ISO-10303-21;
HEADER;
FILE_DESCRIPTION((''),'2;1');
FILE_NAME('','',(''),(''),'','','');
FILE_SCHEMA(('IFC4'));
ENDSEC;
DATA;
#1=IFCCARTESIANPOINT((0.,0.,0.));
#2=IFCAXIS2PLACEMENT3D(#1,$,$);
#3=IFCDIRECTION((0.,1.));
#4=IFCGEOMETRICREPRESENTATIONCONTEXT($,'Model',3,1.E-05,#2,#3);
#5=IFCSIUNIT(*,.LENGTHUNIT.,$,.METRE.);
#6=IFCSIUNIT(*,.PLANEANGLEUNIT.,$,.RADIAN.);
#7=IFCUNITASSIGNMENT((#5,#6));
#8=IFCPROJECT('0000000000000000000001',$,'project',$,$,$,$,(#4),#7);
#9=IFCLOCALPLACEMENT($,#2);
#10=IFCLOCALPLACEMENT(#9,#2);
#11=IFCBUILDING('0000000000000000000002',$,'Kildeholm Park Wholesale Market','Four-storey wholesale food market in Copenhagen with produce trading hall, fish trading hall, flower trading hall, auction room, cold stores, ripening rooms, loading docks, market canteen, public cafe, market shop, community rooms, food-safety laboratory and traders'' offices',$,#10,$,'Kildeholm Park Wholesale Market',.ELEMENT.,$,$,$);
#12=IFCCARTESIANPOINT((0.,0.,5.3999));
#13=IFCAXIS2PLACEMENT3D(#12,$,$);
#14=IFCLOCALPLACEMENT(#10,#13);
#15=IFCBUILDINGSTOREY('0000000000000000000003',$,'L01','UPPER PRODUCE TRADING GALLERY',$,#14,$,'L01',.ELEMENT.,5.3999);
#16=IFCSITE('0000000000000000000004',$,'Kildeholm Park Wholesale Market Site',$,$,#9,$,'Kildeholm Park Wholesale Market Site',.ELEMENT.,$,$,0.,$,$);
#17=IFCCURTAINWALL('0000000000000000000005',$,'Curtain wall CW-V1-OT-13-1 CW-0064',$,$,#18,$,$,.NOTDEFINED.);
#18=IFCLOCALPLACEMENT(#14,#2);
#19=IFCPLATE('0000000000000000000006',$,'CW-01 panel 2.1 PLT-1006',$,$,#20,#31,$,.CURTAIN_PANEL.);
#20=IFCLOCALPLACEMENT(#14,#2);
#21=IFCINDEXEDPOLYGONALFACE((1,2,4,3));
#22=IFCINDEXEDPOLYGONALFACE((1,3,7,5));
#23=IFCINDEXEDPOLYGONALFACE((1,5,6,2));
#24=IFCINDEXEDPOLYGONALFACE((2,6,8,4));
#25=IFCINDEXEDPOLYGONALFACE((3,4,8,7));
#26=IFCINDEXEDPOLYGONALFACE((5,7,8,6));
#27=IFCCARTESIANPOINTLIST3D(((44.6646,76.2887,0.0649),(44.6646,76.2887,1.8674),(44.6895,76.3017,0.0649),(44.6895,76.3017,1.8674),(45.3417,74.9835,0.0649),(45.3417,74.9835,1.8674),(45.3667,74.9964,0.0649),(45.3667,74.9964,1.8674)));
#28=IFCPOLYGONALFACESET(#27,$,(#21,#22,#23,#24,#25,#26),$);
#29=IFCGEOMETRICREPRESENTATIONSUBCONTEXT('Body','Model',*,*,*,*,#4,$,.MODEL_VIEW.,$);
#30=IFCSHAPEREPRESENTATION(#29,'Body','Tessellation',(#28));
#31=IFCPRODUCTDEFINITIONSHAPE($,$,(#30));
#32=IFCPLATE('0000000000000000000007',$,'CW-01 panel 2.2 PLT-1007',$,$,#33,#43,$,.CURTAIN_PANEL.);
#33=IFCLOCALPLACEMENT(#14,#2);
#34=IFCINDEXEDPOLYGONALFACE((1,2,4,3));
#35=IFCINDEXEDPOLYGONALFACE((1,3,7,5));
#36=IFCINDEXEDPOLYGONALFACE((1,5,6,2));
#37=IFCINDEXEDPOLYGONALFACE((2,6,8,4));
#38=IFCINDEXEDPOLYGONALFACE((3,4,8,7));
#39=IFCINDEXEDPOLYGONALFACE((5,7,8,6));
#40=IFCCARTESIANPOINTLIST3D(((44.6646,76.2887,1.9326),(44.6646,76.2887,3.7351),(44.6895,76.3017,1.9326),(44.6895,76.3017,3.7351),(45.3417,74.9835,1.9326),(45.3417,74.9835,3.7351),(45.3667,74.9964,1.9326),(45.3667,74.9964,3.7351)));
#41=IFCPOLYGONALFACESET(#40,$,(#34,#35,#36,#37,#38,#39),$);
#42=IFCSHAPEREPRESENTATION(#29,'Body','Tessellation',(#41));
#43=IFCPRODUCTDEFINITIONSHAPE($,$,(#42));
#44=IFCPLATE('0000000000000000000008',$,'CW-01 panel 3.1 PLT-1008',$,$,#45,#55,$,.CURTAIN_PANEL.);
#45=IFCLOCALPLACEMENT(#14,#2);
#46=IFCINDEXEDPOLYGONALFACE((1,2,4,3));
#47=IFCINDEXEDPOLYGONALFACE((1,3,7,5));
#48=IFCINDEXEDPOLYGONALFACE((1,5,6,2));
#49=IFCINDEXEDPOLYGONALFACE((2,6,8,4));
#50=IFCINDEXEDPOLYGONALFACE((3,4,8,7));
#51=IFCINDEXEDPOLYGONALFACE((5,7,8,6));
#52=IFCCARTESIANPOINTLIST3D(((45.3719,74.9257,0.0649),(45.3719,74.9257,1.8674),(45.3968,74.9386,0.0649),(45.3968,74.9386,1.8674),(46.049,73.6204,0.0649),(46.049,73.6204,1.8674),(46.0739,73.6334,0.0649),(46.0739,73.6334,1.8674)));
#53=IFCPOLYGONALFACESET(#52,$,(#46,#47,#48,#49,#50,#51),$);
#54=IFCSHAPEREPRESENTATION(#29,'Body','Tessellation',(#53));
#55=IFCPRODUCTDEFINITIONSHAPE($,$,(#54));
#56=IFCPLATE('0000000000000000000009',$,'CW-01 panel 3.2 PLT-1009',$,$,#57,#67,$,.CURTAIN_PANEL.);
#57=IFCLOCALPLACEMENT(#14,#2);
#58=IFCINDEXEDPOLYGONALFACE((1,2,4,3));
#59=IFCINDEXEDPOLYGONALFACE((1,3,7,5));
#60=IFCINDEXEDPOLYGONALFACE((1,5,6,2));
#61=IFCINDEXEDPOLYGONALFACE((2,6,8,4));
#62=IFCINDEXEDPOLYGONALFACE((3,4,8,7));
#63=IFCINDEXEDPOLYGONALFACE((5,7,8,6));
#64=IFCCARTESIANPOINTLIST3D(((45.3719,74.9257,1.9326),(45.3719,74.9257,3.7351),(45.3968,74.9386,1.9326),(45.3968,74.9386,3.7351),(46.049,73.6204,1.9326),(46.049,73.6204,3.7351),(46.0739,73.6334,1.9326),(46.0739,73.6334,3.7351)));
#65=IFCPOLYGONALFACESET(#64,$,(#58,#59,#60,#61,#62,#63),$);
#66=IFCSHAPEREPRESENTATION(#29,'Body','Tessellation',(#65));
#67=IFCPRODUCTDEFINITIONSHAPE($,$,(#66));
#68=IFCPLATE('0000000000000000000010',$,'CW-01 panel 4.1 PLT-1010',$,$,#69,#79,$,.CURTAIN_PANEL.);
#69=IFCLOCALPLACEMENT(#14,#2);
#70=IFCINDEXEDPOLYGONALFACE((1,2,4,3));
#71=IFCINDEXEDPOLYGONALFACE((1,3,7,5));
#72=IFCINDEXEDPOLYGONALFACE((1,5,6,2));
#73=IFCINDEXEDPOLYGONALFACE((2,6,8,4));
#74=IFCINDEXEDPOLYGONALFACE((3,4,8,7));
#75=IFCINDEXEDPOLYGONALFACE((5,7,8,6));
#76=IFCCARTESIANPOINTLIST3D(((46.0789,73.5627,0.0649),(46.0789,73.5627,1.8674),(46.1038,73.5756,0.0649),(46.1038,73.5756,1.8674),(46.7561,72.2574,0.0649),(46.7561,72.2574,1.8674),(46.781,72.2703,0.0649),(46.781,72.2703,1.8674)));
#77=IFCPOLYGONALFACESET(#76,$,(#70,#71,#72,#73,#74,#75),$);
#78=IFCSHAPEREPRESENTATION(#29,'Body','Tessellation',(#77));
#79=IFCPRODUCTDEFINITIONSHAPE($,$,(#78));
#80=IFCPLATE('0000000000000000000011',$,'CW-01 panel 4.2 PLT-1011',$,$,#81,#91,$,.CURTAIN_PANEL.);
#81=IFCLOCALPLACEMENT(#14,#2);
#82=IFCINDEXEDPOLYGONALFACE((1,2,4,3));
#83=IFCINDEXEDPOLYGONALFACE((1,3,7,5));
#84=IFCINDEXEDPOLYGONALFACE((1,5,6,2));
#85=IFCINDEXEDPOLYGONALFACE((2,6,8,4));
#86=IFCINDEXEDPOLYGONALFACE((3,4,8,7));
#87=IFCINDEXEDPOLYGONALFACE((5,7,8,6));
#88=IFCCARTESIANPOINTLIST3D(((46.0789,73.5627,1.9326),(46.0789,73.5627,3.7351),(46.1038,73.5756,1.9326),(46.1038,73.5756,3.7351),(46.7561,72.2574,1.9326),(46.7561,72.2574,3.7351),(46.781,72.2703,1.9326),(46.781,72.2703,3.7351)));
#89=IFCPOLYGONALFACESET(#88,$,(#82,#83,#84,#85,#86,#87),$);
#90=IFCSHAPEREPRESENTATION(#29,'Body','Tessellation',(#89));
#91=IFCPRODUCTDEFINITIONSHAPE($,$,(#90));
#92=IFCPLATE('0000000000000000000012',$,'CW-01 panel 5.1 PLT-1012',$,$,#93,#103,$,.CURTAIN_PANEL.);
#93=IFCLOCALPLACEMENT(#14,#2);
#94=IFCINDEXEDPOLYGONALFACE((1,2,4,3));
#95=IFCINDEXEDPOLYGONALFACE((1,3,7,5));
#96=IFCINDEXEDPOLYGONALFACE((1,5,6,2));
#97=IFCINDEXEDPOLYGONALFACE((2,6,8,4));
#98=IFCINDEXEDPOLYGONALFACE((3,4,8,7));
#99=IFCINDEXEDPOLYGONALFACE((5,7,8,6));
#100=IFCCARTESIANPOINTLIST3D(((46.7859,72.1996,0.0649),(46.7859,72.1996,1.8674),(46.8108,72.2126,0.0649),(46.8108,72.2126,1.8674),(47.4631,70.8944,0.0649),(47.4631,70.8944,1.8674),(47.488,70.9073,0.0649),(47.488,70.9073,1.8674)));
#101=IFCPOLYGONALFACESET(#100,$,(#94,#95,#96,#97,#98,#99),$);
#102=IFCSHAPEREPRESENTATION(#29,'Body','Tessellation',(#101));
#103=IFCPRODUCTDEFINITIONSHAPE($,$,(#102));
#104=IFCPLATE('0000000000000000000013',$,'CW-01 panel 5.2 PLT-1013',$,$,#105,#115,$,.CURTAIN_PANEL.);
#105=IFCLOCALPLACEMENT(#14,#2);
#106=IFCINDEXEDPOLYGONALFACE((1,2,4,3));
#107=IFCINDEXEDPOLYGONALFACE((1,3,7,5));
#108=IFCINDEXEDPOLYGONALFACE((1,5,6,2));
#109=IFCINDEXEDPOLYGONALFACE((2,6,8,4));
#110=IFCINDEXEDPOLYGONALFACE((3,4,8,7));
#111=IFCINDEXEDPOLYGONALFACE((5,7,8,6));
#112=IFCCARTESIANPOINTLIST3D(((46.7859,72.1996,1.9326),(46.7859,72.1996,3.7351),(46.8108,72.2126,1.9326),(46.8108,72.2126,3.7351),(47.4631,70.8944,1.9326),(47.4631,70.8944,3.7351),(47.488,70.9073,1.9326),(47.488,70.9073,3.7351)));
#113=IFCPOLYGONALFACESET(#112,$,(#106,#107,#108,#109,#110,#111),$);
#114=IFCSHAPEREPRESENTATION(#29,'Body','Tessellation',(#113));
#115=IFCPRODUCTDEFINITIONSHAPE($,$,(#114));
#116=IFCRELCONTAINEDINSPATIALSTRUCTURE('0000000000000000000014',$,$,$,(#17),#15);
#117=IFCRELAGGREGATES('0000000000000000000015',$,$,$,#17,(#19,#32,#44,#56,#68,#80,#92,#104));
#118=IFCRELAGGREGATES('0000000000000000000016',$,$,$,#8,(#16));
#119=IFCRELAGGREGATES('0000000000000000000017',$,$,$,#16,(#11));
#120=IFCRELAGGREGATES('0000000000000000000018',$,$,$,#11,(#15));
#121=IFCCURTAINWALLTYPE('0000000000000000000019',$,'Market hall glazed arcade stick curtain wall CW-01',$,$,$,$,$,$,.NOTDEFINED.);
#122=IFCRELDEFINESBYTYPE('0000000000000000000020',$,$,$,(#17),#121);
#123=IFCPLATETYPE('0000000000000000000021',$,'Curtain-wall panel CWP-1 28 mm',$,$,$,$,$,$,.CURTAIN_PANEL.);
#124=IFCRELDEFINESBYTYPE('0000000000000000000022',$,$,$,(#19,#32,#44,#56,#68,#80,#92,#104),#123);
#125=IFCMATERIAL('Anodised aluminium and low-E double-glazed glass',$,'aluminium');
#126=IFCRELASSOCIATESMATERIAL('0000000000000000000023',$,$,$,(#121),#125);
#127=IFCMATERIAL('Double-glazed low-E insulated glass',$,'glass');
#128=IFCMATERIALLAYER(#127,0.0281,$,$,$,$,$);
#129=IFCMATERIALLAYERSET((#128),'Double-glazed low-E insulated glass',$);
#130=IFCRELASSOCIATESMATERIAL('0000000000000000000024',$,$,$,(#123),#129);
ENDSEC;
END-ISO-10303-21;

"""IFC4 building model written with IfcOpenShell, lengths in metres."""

from ifc_helpers import new_model, si_unit, direction, frame, origin, origin_2d, place, context, subcontext, project, spatial, rectangle, extrude, material, layer, layer_set, type_object, element, aggregate, save


model = new_model("IFC4")

# Units and contexts
model_context = context("Model", 3, precision=1e-05, world=origin(), true_north=direction((0.0, 1.0)))
body_context = subcontext(model_context, "Body", "Model", "MODEL_VIEW")
ifc_project = project(units=[si_unit("LENGTHUNIT", "METRE"), si_unit("PLANEANGLEUNIT", "RADIAN")], contexts=[model_context])

# Site, building, storey
site_placement = place(None, origin())
site = spatial("IfcSite", under=ifc_project, at=site_placement, Name="Kildeholm Park Wholesale Market Site", LongName="Kildeholm Park Wholesale Market Site", CompositionType="ELEMENT", RefElevation=0.0)
building_placement = place(site_placement, origin())
building = spatial("IfcBuilding", under=site, at=building_placement, Name="Kildeholm Park Wholesale Market", Description="Four-storey wholesale food market in Copenhagen with produce trading hall, fish trading hall, flower trading hall, auction room, cold stores, ripening rooms, loading docks, market canteen, public cafe, market shop, community rooms, food-safety laboratory and traders' offices", LongName="Kildeholm Park Wholesale Market", CompositionType="ELEMENT")
storey_placement = place(building_placement, frame((0.0, 0.0, 5.3999)))
storey = spatial("IfcBuildingStorey", under=building, at=storey_placement, Name="L01", Description="UPPER PRODUCE TRADING GALLERY", LongName="L01", CompositionType="ELEMENT", Elevation=5.3999)

# Curtain wall
ifc_material_1 = material(Name="Anodised aluminium and low-E double-glazed glass", Category="aluminium")
curtain_wall_type = type_object("IfcCurtainWallType", Name="Market hall glazed arcade stick curtain wall CW-01", PredefinedType="NOTDEFINED", material=ifc_material_1)
curtain_wall_1_placement = place(storey_placement, origin())
curtain_wall_1 = element("IfcCurtainWall", 1, at=curtain_wall_1_placement, inside=storey, type_object=curtain_wall_type, Name="Curtain wall CW-V1-OT-13-1 CW-0064", PredefinedType="NOTDEFINED")

# Plates
ifc_material_2 = material(Name="Double-glazed low-E insulated glass", Category="glass")
ifc_layer = layer(ifc_material_2, 0.0281)
ifc_layer_set = layer_set([ifc_layer], Name="Double-glazed low-E insulated glass")
plate_type = type_object("IfcPlateType", Name="Curtain-wall panel CWP-1 28 mm", PredefinedType="CURTAIN_PANEL", material=ifc_layer_set)
plate_1_placement = place(storey_placement, frame((45.0156, 75.6426, 0.0649), z_axis=(0.0, 0.0, 1.0), x_axis=(0.460514, -0.887652, 0.0)))
plate_1 = element("IfcPlate", 2, at=plate_1_placement, type_object=plate_type, Name="CW-01 panel 2.1 PLT-1006", PredefinedType="CURTAIN_PANEL", context=body_context, shape_type="SweptSolid", body=[
    extrude(rectangle(XDim=1.4705, YDim=0.0281, at=origin_2d()), origin(), (0.0, 0.0, 1.0), 1.8025),
])
plate_2_placement = place(storey_placement, frame((45.0156, 75.6426, 1.9326), z_axis=(0.0, 0.0, 1.0), x_axis=(0.460514, -0.887652, 0.0)))
plate_2 = element("IfcPlate", 3, at=plate_2_placement, type_object=plate_type, Name="CW-01 panel 2.2 PLT-1007", PredefinedType="CURTAIN_PANEL", context=body_context, shape_type="SweptSolid", body=[
    extrude(rectangle(XDim=1.4705, YDim=0.0281, at=origin_2d()), origin(), (0.0, 0.0, 1.0), 1.8025),
])
plate_3_placement = place(storey_placement, frame((45.7229, 74.2795, 0.0649), z_axis=(0.0, 0.0, 1.0), x_axis=(0.460514, -0.887652, 0.0)))
plate_3 = element("IfcPlate", 4, at=plate_3_placement, type_object=plate_type, Name="CW-01 panel 3.1 PLT-1008", PredefinedType="CURTAIN_PANEL", context=body_context, shape_type="SweptSolid", body=[
    extrude(rectangle(XDim=1.4705, YDim=0.0281, at=origin_2d()), origin(), (0.0, 0.0, 1.0), 1.8025),
])
plate_4_placement = place(storey_placement, frame((45.7229, 74.2795, 1.9326), z_axis=(0.0, 0.0, 1.0), x_axis=(0.460514, -0.887652, 0.0)))
plate_4 = element("IfcPlate", 5, at=plate_4_placement, type_object=plate_type, Name="CW-01 panel 3.2 PLT-1009", PredefinedType="CURTAIN_PANEL", context=body_context, shape_type="SweptSolid", body=[
    extrude(rectangle(XDim=1.4705, YDim=0.0281, at=origin_2d()), origin(), (0.0, 0.0, 1.0), 1.8025),
])
plate_5_placement = place(storey_placement, frame((46.4299, 72.9165, 0.0649), z_axis=(0.0, 0.0, 1.0), x_axis=(0.460514, -0.887652, 0.0)))
plate_5 = element("IfcPlate", 6, at=plate_5_placement, type_object=plate_type, Name="CW-01 panel 4.1 PLT-1010", PredefinedType="CURTAIN_PANEL", context=body_context, shape_type="SweptSolid", body=[
    extrude(rectangle(XDim=1.4705, YDim=0.0281, at=origin_2d()), origin(), (0.0, 0.0, 1.0), 1.8025),
])
plate_6_placement = place(storey_placement, frame((46.4299, 72.9165, 1.9326), z_axis=(0.0, 0.0, 1.0), x_axis=(0.460514, -0.887652, 0.0)))
plate_6 = element("IfcPlate", 7, at=plate_6_placement, type_object=plate_type, Name="CW-01 panel 4.2 PLT-1011", PredefinedType="CURTAIN_PANEL", context=body_context, shape_type="SweptSolid", body=[
    extrude(rectangle(XDim=1.4705, YDim=0.0281, at=origin_2d()), origin(), (0.0, 0.0, 1.0), 1.8025),
])
plate_7_placement = place(storey_placement, frame((47.137, 71.5535, 0.0649), z_axis=(0.0, 0.0, 1.0), x_axis=(0.460514, -0.887652, 0.0)))
plate_7 = element("IfcPlate", 8, at=plate_7_placement, type_object=plate_type, Name="CW-01 panel 5.1 PLT-1012", PredefinedType="CURTAIN_PANEL", context=body_context, shape_type="SweptSolid", body=[
    extrude(rectangle(XDim=1.4705, YDim=0.0281, at=origin_2d()), origin(), (0.0, 0.0, 1.0), 1.8025),
])
plate_8_placement = place(storey_placement, frame((47.137, 71.5535, 1.9326), z_axis=(0.0, 0.0, 1.0), x_axis=(0.460514, -0.887652, 0.0)))
plate_8 = element("IfcPlate", 9, at=plate_8_placement, type_object=plate_type, Name="CW-01 panel 5.2 PLT-1013", PredefinedType="CURTAIN_PANEL", context=body_context, shape_type="SweptSolid", body=[
    extrude(rectangle(XDim=1.4705, YDim=0.0281, at=origin_2d()), origin(), (0.0, 0.0, 1.0), 1.8025),
])
aggregate(curtain_wall_1, [plate_1, plate_2, plate_3, plate_4, plate_5, plate_6, plate_7, plate_8])

save(model, "model.ifc")
